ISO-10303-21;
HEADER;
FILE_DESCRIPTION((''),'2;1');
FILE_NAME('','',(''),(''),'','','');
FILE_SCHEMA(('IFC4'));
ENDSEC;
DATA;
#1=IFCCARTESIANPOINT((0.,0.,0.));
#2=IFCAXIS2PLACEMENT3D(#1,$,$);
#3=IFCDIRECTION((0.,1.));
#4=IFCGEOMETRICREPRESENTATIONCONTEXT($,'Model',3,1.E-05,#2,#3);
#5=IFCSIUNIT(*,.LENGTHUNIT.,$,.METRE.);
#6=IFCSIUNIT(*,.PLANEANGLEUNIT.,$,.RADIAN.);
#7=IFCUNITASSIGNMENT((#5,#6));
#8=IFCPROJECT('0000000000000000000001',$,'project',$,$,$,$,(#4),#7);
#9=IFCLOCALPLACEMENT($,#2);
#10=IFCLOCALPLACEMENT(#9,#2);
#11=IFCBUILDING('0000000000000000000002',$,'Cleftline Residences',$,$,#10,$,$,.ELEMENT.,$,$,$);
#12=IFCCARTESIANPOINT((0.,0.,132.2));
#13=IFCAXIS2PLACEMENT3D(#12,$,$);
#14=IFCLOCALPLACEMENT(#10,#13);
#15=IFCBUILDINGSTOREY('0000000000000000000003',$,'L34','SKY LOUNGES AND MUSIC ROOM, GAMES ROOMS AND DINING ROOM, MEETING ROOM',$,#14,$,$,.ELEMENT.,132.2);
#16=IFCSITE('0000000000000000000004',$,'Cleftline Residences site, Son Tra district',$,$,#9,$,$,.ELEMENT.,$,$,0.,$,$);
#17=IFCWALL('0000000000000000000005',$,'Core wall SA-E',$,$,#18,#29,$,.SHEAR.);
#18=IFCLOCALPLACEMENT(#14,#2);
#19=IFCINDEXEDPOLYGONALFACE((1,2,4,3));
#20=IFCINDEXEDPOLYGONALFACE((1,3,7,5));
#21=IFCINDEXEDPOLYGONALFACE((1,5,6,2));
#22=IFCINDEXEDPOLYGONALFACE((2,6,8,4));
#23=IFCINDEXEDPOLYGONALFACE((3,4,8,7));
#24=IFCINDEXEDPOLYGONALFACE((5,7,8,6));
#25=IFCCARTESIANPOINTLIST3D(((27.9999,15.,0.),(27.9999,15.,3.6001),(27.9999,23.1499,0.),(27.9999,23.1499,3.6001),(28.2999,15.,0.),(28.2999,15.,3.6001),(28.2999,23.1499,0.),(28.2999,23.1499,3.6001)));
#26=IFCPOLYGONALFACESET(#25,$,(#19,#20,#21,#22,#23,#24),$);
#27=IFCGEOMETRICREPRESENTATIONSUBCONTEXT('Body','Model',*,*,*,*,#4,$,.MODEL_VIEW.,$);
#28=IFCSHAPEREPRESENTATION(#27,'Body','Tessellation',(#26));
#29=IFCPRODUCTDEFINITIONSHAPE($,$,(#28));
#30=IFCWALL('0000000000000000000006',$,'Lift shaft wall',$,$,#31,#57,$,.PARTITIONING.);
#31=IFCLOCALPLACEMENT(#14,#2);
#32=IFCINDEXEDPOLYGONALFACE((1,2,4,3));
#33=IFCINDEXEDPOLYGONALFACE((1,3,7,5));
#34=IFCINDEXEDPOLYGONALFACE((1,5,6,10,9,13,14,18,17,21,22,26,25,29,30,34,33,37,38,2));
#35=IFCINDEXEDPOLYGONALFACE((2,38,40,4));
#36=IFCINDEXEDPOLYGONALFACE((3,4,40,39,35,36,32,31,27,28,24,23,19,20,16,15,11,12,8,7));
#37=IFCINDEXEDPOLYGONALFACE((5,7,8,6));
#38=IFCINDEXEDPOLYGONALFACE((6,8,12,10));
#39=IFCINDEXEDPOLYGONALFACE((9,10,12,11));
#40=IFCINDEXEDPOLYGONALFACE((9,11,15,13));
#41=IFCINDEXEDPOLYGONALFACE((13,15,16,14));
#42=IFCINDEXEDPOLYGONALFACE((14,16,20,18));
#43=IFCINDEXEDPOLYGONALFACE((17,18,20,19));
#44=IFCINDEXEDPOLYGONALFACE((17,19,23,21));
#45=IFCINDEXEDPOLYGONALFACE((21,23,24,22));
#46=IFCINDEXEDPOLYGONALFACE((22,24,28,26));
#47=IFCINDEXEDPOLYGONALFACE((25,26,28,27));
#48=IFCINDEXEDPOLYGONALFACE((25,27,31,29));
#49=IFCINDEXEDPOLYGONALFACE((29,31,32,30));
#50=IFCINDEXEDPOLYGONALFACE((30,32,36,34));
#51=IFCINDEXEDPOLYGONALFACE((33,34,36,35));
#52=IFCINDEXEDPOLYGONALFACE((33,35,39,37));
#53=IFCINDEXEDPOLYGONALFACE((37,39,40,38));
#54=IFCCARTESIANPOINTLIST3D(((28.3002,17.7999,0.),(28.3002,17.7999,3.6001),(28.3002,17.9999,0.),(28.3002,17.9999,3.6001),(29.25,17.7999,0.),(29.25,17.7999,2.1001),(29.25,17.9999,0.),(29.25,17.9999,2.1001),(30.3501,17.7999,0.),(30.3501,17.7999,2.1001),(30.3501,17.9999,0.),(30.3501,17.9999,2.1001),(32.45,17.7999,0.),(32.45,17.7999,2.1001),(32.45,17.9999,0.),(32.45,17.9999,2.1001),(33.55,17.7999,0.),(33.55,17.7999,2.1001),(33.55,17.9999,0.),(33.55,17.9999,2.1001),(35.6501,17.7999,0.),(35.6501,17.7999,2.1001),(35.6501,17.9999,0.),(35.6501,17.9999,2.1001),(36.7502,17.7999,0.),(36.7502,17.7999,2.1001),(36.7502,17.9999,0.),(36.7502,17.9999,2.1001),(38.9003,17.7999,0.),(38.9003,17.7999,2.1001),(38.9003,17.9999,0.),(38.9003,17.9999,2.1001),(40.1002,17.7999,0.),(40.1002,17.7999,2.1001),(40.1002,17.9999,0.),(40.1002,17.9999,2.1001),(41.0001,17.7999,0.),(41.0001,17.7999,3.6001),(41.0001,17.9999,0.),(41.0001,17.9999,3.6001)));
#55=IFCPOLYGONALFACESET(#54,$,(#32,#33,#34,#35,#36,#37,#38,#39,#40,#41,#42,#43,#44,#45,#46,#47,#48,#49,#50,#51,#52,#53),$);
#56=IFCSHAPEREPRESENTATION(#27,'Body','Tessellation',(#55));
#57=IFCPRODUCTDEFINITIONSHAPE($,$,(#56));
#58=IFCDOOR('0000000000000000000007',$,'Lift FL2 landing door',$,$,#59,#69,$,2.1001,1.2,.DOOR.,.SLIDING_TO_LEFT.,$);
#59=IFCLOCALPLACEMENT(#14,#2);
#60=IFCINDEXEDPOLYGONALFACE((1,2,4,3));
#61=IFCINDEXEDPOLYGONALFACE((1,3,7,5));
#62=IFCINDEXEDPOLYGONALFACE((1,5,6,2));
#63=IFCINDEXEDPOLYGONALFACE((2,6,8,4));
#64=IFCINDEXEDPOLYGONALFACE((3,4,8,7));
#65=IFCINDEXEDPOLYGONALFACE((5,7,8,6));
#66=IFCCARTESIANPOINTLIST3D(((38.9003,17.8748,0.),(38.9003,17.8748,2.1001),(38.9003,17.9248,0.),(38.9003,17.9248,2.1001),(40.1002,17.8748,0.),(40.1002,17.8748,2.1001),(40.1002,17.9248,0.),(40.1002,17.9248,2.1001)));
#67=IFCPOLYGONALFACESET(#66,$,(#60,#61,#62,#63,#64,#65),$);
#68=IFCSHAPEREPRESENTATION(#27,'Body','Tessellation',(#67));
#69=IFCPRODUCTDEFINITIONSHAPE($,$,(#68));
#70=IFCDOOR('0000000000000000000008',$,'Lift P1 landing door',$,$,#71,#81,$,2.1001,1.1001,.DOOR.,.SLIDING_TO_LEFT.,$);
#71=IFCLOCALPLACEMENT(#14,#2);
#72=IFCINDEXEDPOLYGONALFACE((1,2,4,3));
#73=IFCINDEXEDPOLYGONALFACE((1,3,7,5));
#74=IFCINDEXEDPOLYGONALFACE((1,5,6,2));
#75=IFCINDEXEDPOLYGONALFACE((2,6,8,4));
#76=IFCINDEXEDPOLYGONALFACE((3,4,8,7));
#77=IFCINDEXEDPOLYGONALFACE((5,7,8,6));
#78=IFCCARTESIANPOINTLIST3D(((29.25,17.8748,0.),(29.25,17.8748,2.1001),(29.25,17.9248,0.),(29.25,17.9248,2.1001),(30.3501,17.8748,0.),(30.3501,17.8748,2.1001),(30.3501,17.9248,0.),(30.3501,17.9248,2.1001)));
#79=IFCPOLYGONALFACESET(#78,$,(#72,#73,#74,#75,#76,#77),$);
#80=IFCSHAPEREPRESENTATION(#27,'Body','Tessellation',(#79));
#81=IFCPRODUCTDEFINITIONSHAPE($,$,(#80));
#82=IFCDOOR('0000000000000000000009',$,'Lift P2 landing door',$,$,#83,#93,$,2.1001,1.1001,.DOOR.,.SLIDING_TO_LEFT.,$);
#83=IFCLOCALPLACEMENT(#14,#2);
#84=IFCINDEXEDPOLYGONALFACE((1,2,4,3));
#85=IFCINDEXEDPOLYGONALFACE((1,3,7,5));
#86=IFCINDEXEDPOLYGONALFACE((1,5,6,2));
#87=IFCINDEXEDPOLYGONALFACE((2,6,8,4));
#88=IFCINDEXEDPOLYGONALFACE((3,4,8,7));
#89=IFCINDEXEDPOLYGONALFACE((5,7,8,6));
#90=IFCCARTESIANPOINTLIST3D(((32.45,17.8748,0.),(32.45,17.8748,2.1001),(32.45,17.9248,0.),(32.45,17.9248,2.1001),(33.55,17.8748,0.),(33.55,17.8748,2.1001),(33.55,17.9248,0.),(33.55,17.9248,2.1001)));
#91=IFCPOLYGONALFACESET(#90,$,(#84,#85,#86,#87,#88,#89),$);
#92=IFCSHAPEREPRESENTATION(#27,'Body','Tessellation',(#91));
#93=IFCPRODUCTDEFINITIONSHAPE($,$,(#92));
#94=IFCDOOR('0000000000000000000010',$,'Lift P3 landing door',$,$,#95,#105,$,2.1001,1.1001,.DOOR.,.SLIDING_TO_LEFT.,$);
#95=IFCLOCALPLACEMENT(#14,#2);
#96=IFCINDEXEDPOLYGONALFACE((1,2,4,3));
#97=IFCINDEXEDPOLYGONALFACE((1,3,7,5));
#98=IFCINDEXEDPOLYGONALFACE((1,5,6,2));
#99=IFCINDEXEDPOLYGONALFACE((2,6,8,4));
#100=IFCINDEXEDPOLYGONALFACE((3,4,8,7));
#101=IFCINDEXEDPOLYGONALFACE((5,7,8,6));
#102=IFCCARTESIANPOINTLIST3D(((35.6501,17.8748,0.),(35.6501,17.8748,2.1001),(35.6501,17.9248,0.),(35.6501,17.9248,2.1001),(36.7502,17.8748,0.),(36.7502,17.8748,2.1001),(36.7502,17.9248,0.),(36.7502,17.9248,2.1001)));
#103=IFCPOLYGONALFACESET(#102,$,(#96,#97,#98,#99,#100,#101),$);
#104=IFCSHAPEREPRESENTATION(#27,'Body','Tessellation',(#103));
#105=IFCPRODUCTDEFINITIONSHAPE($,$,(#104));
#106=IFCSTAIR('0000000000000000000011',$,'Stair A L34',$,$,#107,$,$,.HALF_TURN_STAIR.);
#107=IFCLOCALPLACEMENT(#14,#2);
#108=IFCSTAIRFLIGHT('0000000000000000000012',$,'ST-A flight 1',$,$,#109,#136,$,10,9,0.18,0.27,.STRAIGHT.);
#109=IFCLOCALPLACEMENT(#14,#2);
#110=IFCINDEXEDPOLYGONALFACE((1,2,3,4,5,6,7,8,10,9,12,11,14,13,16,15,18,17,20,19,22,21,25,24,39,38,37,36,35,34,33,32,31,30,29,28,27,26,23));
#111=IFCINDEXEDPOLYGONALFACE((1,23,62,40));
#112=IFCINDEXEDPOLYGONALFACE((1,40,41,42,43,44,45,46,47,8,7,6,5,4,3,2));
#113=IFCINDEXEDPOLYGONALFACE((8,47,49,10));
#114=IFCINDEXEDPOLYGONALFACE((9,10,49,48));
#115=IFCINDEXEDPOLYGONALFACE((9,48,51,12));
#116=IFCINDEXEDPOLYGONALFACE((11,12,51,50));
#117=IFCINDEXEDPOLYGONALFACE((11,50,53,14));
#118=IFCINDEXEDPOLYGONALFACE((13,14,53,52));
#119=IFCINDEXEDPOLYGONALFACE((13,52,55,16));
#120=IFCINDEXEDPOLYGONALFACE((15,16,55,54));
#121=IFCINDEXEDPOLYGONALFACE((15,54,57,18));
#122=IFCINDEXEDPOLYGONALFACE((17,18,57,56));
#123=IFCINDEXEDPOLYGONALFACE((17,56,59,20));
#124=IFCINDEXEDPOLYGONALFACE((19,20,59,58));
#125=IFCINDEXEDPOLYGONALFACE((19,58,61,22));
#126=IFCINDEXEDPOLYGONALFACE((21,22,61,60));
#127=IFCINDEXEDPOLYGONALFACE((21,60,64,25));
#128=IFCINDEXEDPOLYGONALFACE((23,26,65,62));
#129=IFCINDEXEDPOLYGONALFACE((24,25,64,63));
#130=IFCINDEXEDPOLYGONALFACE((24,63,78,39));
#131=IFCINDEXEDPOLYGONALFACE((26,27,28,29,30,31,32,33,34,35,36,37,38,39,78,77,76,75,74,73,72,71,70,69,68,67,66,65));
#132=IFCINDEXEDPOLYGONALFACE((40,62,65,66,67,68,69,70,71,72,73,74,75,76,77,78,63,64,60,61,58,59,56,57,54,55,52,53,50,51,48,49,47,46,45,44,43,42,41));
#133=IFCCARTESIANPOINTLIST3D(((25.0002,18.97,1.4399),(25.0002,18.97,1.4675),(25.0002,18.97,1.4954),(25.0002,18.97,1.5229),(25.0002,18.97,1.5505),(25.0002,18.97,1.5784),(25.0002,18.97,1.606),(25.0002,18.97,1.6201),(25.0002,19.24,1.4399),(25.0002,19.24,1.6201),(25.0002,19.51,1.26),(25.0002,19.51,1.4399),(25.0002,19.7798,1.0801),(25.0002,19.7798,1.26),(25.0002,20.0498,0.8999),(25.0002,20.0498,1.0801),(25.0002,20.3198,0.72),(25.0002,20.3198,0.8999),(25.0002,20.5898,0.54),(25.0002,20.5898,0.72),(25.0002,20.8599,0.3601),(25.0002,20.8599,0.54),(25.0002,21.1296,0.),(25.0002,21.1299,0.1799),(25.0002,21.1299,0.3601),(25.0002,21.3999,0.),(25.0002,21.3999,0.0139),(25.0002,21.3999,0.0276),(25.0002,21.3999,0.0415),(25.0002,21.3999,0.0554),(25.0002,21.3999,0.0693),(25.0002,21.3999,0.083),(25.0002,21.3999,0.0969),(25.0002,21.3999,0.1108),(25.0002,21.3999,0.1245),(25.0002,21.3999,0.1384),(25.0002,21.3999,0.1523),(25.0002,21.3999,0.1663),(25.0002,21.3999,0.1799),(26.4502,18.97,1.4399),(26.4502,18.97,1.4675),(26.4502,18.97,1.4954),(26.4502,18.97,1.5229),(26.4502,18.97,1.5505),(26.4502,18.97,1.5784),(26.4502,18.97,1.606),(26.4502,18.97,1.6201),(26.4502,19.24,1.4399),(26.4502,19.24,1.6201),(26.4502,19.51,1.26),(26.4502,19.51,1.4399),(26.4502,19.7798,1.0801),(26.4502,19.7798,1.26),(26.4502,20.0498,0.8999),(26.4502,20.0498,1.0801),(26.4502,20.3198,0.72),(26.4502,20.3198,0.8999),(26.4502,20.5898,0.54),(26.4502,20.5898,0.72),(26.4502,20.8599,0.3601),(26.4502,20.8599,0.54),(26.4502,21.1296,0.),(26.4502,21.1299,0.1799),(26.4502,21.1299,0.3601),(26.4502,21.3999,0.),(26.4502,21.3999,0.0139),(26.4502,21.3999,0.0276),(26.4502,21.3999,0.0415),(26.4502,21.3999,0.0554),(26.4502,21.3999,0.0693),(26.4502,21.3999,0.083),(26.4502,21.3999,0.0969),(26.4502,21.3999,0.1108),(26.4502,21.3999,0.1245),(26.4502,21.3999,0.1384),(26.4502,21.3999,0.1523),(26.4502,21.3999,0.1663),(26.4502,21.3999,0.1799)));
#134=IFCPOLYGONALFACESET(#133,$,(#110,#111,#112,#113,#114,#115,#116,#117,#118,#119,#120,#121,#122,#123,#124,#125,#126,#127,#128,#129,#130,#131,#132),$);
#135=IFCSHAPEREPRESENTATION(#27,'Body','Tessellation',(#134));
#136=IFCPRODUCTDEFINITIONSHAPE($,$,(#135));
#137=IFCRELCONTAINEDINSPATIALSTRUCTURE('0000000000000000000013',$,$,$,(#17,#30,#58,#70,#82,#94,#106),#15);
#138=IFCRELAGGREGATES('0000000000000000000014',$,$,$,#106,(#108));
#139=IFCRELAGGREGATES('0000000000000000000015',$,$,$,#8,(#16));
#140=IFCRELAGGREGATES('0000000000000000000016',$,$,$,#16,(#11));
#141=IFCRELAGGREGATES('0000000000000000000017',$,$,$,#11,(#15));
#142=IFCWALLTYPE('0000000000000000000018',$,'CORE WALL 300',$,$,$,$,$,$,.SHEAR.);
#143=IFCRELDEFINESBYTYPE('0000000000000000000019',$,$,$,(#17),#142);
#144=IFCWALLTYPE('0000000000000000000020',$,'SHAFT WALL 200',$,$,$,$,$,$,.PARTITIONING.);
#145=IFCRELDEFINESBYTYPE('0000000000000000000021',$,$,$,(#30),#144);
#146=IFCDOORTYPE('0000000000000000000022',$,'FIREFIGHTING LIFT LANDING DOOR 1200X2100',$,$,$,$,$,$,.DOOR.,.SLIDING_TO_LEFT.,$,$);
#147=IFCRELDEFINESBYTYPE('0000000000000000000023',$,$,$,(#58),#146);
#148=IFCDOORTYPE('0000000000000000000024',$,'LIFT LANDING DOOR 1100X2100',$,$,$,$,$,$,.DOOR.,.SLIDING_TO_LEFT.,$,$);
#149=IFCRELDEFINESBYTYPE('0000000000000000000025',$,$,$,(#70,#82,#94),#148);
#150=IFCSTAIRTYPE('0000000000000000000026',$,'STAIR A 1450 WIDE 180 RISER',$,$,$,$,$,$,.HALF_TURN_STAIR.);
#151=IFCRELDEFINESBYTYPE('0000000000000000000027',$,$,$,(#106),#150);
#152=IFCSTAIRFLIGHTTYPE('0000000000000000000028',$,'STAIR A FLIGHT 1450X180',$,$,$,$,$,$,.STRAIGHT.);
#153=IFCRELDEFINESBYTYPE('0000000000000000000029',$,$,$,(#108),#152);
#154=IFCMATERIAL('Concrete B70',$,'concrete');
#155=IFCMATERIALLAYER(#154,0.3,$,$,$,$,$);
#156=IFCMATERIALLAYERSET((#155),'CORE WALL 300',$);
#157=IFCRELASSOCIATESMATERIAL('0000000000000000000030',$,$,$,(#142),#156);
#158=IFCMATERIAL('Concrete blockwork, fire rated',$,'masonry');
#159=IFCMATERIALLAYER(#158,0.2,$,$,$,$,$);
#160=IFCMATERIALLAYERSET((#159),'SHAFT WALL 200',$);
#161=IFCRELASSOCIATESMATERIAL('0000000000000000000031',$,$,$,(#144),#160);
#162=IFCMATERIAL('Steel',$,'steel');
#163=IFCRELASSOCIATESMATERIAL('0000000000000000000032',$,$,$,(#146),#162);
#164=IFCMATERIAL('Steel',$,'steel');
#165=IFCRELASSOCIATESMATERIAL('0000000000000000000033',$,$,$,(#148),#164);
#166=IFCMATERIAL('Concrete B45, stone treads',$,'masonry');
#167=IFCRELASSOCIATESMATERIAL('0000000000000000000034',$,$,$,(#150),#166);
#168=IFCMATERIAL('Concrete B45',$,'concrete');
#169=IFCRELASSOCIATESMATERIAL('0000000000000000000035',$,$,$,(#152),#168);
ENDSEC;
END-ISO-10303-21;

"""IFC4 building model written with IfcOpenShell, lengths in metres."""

from ifc_helpers import new_model, si_unit, direction, frame, frame_2d, origin, place, context, subcontext, project, spatial, polyline, rectangle, outline, extrude, material, layer, layer_set, type_object, element, fill, aggregate, save


model = new_model("IFC4")

# Units and contexts
model_context = context("Model", 3, precision=1e-05, world=origin(), true_north=direction((0.0, 1.0)))
body_context = subcontext(model_context, "Body", "Model", "MODEL_VIEW")
ifc_project = project(units=[si_unit("LENGTHUNIT", "METRE"), si_unit("PLANEANGLEUNIT", "RADIAN")], contexts=[model_context])

# Site, building, storey
site_placement = place(None, origin())
site = spatial("IfcSite", under=ifc_project, at=site_placement, Name="Cleftline Residences site, Son Tra district", CompositionType="ELEMENT", RefElevation=0.0)
building_placement = place(site_placement, origin())
building = spatial("IfcBuilding", under=site, at=building_placement, Name="Cleftline Residences", CompositionType="ELEMENT")
storey_placement = place(building_placement, frame((0.0, 0.0, 132.2)))
storey = spatial("IfcBuildingStorey", under=building, at=storey_placement, Name="L34", Description="SKY LOUNGES AND MUSIC ROOM, GAMES ROOMS AND DINING ROOM, MEETING ROOM", CompositionType="ELEMENT", Elevation=132.2)

# Wall
ifc_material_1 = material(Name="Concrete B70", Category="concrete")
ifc_layer_1 = layer(ifc_material_1, 0.3)
ifc_layer_set_1 = layer_set([ifc_layer_1], Name="CORE WALL 300")
wall_type_1 = type_object("IfcWallType", Name="CORE WALL 300", PredefinedType="SHEAR", material=ifc_layer_set_1)
wall_1_placement = place(storey_placement, frame((28.1499, 15.0, 0.0), z_axis=(0.0, 0.0, 1.0), x_axis=(0.0, 1.0, 0.0)))
element("IfcWall", 1, at=wall_1_placement, inside=storey, type_object=wall_type_1, Name="Core wall SA-E", PredefinedType="SHEAR", context=body_context, shape_type="SweptSolid", body=[
    extrude(rectangle(XDim=8.1499, YDim=0.3, at=frame_2d((4.075, 0.0))), origin(), (0.0, 0.0, 1.0), 3.6001),
])

# Wall, openings, doors
ifc_material_2 = material(Name="Concrete blockwork, fire rated", Category="masonry")
ifc_layer_2 = layer(ifc_material_2, 0.2)
ifc_layer_set_2 = layer_set([ifc_layer_2], Name="SHAFT WALL 200")
wall_type_2 = type_object("IfcWallType", Name="SHAFT WALL 200", PredefinedType="PARTITIONING", material=ifc_layer_set_2)
wall_2_placement = place(storey_placement, frame((28.3, 17.8999, 0.0), z_axis=(0.0, 0.0, 1.0), x_axis=(1.0, 0.0, 0.0)))
wall_2 = element("IfcWall", 2, at=wall_2_placement, inside=storey, type_object=wall_type_2, Name="Lift shaft wall", PredefinedType="PARTITIONING", context=body_context, shape_type="SweptSolid", body=[
    extrude(rectangle(XDim=12.7, YDim=0.2, at=frame_2d((6.3501, 0.0))), origin(), (0.0, 0.0, 1.0), 3.6001),
])
opening_1_placement = place(wall_2_placement, frame((0.95, 0.0, 0.0)))
opening_1 = element("IfcOpeningElement", 3, at=opening_1_placement, cuts=wall_2, PredefinedType="OPENING", context=body_context, shape_type="SweptSolid", body=[
    extrude(rectangle(XDim=1.1001, YDim=2.1001, at=frame_2d((0.55, 1.05))), frame((0.0, 0.1099, 0.0), z_axis=(0.0, -1.0, 0.0), x_axis=(1.0, 0.0, 0.0)), (0.0, 0.0, 1.0), 0.22),
])
opening_2_placement = place(wall_2_placement, frame((4.1499, 0.0, 0.0)))
opening_2 = element("IfcOpeningElement", 4, at=opening_2_placement, cuts=wall_2, PredefinedType="OPENING", context=body_context, shape_type="SweptSolid", body=[
    extrude(rectangle(XDim=1.1001, YDim=2.1001, at=frame_2d((0.55, 1.05))), frame((0.0, 0.1099, 0.0), z_axis=(0.0, -1.0, 0.0), x_axis=(1.0, 0.0, 0.0)), (0.0, 0.0, 1.0), 0.22),
])
opening_3_placement = place(wall_2_placement, frame((7.3501, 0.0, 0.0)))
opening_3 = element("IfcOpeningElement", 5, at=opening_3_placement, cuts=wall_2, PredefinedType="OPENING", context=body_context, shape_type="SweptSolid", body=[
    extrude(rectangle(XDim=1.1001, YDim=2.1001, at=frame_2d((0.55, 1.05))), frame((0.0, 0.1099, 0.0), z_axis=(0.0, -1.0, 0.0), x_axis=(1.0, 0.0, 0.0)), (0.0, 0.0, 1.0), 0.22),
])
opening_4_placement = place(wall_2_placement, frame((10.6001, 0.0, 0.0)))
opening_4 = element("IfcOpeningElement", 6, at=opening_4_placement, cuts=wall_2, PredefinedType="OPENING", context=body_context, shape_type="SweptSolid", body=[
    extrude(rectangle(XDim=1.2, YDim=2.1001, at=frame_2d((0.6001, 1.05))), frame((0.0, 0.1099, 0.0), z_axis=(0.0, -1.0, 0.0), x_axis=(1.0, 0.0, 0.0)), (0.0, 0.0, 1.0), 0.22),
])
ifc_material_3 = material(Name="Steel", Category="steel")
door_type_1 = type_object("IfcDoorType", Name="FIREFIGHTING LIFT LANDING DOOR 1200X2100", OperationType="SLIDING_TO_LEFT", PredefinedType="DOOR", material=ifc_material_3)
door_1_placement = place(opening_4_placement, origin())
door_1 = element("IfcDoor", 7, at=door_1_placement, inside=storey, type_object=door_type_1, Name="Lift FL2 landing door", OperationType="SLIDING_TO_LEFT", OverallHeight=2.1001, OverallWidth=1.2, PredefinedType="DOOR", context=body_context, shape_type="SweptSolid", body=[
    extrude(rectangle(XDim=1.2, YDim=2.1001, at=frame_2d((0.6001, 1.05))), frame((0.0, 0.0249, 0.0), z_axis=(0.0, -1.0, 0.0), x_axis=(1.0, 0.0, 0.0)), (0.0, 0.0, 1.0), 0.05),
])
fill(opening_4, door_1)
ifc_material_4 = material(Name="Steel", Category="steel")
door_type_2 = type_object("IfcDoorType", Name="LIFT LANDING DOOR 1100X2100", OperationType="SLIDING_TO_LEFT", PredefinedType="DOOR", material=ifc_material_4)
door_2_placement = place(opening_1_placement, origin())
door_2 = element("IfcDoor", 8, at=door_2_placement, inside=storey, type_object=door_type_2, Name="Lift P1 landing door", OperationType="SLIDING_TO_LEFT", OverallHeight=2.1001, OverallWidth=1.1001, PredefinedType="DOOR", context=body_context, shape_type="SweptSolid", body=[
    extrude(rectangle(XDim=1.1001, YDim=2.1001, at=frame_2d((0.55, 1.05))), frame((0.0, 0.0249, 0.0), z_axis=(0.0, -1.0, 0.0), x_axis=(1.0, 0.0, 0.0)), (0.0, 0.0, 1.0), 0.05),
])
fill(opening_1, door_2)
door_3_placement = place(opening_2_placement, origin())
door_3 = element("IfcDoor", 9, at=door_3_placement, inside=storey, type_object=door_type_2, Name="Lift P2 landing door", OperationType="SLIDING_TO_LEFT", OverallHeight=2.1001, OverallWidth=1.1001, PredefinedType="DOOR", context=body_context, shape_type="SweptSolid", body=[
    extrude(rectangle(XDim=1.1001, YDim=2.1001, at=frame_2d((0.55, 1.05))), frame((0.0, 0.0249, 0.0), z_axis=(0.0, -1.0, 0.0), x_axis=(1.0, 0.0, 0.0)), (0.0, 0.0, 1.0), 0.05),
])
fill(opening_2, door_3)
door_4_placement = place(opening_3_placement, origin())
door_4 = element("IfcDoor", 10, at=door_4_placement, inside=storey, type_object=door_type_2, Name="Lift P3 landing door", OperationType="SLIDING_TO_LEFT", OverallHeight=2.1001, OverallWidth=1.1001, PredefinedType="DOOR", context=body_context, shape_type="SweptSolid", body=[
    extrude(rectangle(XDim=1.1001, YDim=2.1001, at=frame_2d((0.55, 1.05))), frame((0.0, 0.0249, 0.0), z_axis=(0.0, -1.0, 0.0), x_axis=(1.0, 0.0, 0.0)), (0.0, 0.0, 1.0), 0.05),
])
fill(opening_3, door_4)

# Stair, stair flight
ifc_material_5 = material(Name="Concrete B45, stone treads", Category="masonry")
stair_type = type_object("IfcStairType", Name="STAIR A 1450 WIDE 180 RISER", PredefinedType="HALF_TURN_STAIR", material=ifc_material_5)
stair_placement = place(storey_placement, origin())
stair = element("IfcStair", 11, at=stair_placement, inside=storey, type_object=stair_type, Name="Stair A L34", PredefinedType="HALF_TURN_STAIR")
ifc_material_6 = material(Name="Concrete B45", Category="concrete")
stair_flight_type = type_object("IfcStairFlightType", Name="STAIR A FLIGHT 1450X180", PredefinedType="STRAIGHT", material=ifc_material_6)
stair_flight_1_placement = place(storey_placement, frame((25.7251, 21.3999, 0.0), z_axis=(0.0, 0.0, 1.0), x_axis=(0.0, -1.0, 0.0)))
stair_flight_1 = element("IfcStairFlight", 12, at=stair_flight_1_placement, type_object=stair_flight_type, Name="ST-A flight 1", NumberOfRisers=10, NumberOfTreads=9, PredefinedType="STRAIGHT", RiserHeight=0.18, TreadLength=0.27, context=body_context, shape_type="SweptSolid", body=[
    extrude(outline(polyline([(0.0, 0.0), (0.0, 0.0139), (0.0, 0.0276), (0.0, 0.0415), (0.0, 0.0554), (0.0, 0.0693), (0.0, 0.083), (0.0, 0.0969), (0.0, 0.1108), (0.0, 0.1245), (0.0, 0.1384), (0.0, 0.1523), (0.0, 0.1663), (0.0, 0.1799), (0.27, 0.1799), (0.27, 0.3601), (0.54, 0.3601), (0.54, 0.54), (0.8101, 0.54), (0.8101, 0.72), (1.0801, 0.72), (1.0801, 0.8999), (1.3501, 0.8999), (1.3501, 1.0801), (1.6201, 1.0801), (1.6201, 1.26), (1.8899, 1.26), (1.8899, 1.4399), (2.1599, 1.4399), (2.1599, 1.6201), (2.4299, 1.6201), (2.4299, 1.8), (2.4299, 1.7722), (2.4299, 1.7446), (2.4299, 1.7168), (2.4299, 1.6892), (2.4299, 1.6614), (2.4299, 1.6338), (2.4299, 1.606), (2.4299, 1.5784), (2.4299, 1.5505), (2.4299, 1.5229), (2.4299, 1.4954), (2.4299, 1.4675), (2.4299, 1.4399), (0.2703, 0.0), (0.0, 0.0)])), frame((0.0, 0.7251, 0.0), z_axis=(0.0, -1.0, 0.0), x_axis=(1.0, 0.0, 0.0)), (0.0, 0.0, 1.0), 1.45),
])
aggregate(stair, [stair_flight_1])

save(model, "model.ifc")
